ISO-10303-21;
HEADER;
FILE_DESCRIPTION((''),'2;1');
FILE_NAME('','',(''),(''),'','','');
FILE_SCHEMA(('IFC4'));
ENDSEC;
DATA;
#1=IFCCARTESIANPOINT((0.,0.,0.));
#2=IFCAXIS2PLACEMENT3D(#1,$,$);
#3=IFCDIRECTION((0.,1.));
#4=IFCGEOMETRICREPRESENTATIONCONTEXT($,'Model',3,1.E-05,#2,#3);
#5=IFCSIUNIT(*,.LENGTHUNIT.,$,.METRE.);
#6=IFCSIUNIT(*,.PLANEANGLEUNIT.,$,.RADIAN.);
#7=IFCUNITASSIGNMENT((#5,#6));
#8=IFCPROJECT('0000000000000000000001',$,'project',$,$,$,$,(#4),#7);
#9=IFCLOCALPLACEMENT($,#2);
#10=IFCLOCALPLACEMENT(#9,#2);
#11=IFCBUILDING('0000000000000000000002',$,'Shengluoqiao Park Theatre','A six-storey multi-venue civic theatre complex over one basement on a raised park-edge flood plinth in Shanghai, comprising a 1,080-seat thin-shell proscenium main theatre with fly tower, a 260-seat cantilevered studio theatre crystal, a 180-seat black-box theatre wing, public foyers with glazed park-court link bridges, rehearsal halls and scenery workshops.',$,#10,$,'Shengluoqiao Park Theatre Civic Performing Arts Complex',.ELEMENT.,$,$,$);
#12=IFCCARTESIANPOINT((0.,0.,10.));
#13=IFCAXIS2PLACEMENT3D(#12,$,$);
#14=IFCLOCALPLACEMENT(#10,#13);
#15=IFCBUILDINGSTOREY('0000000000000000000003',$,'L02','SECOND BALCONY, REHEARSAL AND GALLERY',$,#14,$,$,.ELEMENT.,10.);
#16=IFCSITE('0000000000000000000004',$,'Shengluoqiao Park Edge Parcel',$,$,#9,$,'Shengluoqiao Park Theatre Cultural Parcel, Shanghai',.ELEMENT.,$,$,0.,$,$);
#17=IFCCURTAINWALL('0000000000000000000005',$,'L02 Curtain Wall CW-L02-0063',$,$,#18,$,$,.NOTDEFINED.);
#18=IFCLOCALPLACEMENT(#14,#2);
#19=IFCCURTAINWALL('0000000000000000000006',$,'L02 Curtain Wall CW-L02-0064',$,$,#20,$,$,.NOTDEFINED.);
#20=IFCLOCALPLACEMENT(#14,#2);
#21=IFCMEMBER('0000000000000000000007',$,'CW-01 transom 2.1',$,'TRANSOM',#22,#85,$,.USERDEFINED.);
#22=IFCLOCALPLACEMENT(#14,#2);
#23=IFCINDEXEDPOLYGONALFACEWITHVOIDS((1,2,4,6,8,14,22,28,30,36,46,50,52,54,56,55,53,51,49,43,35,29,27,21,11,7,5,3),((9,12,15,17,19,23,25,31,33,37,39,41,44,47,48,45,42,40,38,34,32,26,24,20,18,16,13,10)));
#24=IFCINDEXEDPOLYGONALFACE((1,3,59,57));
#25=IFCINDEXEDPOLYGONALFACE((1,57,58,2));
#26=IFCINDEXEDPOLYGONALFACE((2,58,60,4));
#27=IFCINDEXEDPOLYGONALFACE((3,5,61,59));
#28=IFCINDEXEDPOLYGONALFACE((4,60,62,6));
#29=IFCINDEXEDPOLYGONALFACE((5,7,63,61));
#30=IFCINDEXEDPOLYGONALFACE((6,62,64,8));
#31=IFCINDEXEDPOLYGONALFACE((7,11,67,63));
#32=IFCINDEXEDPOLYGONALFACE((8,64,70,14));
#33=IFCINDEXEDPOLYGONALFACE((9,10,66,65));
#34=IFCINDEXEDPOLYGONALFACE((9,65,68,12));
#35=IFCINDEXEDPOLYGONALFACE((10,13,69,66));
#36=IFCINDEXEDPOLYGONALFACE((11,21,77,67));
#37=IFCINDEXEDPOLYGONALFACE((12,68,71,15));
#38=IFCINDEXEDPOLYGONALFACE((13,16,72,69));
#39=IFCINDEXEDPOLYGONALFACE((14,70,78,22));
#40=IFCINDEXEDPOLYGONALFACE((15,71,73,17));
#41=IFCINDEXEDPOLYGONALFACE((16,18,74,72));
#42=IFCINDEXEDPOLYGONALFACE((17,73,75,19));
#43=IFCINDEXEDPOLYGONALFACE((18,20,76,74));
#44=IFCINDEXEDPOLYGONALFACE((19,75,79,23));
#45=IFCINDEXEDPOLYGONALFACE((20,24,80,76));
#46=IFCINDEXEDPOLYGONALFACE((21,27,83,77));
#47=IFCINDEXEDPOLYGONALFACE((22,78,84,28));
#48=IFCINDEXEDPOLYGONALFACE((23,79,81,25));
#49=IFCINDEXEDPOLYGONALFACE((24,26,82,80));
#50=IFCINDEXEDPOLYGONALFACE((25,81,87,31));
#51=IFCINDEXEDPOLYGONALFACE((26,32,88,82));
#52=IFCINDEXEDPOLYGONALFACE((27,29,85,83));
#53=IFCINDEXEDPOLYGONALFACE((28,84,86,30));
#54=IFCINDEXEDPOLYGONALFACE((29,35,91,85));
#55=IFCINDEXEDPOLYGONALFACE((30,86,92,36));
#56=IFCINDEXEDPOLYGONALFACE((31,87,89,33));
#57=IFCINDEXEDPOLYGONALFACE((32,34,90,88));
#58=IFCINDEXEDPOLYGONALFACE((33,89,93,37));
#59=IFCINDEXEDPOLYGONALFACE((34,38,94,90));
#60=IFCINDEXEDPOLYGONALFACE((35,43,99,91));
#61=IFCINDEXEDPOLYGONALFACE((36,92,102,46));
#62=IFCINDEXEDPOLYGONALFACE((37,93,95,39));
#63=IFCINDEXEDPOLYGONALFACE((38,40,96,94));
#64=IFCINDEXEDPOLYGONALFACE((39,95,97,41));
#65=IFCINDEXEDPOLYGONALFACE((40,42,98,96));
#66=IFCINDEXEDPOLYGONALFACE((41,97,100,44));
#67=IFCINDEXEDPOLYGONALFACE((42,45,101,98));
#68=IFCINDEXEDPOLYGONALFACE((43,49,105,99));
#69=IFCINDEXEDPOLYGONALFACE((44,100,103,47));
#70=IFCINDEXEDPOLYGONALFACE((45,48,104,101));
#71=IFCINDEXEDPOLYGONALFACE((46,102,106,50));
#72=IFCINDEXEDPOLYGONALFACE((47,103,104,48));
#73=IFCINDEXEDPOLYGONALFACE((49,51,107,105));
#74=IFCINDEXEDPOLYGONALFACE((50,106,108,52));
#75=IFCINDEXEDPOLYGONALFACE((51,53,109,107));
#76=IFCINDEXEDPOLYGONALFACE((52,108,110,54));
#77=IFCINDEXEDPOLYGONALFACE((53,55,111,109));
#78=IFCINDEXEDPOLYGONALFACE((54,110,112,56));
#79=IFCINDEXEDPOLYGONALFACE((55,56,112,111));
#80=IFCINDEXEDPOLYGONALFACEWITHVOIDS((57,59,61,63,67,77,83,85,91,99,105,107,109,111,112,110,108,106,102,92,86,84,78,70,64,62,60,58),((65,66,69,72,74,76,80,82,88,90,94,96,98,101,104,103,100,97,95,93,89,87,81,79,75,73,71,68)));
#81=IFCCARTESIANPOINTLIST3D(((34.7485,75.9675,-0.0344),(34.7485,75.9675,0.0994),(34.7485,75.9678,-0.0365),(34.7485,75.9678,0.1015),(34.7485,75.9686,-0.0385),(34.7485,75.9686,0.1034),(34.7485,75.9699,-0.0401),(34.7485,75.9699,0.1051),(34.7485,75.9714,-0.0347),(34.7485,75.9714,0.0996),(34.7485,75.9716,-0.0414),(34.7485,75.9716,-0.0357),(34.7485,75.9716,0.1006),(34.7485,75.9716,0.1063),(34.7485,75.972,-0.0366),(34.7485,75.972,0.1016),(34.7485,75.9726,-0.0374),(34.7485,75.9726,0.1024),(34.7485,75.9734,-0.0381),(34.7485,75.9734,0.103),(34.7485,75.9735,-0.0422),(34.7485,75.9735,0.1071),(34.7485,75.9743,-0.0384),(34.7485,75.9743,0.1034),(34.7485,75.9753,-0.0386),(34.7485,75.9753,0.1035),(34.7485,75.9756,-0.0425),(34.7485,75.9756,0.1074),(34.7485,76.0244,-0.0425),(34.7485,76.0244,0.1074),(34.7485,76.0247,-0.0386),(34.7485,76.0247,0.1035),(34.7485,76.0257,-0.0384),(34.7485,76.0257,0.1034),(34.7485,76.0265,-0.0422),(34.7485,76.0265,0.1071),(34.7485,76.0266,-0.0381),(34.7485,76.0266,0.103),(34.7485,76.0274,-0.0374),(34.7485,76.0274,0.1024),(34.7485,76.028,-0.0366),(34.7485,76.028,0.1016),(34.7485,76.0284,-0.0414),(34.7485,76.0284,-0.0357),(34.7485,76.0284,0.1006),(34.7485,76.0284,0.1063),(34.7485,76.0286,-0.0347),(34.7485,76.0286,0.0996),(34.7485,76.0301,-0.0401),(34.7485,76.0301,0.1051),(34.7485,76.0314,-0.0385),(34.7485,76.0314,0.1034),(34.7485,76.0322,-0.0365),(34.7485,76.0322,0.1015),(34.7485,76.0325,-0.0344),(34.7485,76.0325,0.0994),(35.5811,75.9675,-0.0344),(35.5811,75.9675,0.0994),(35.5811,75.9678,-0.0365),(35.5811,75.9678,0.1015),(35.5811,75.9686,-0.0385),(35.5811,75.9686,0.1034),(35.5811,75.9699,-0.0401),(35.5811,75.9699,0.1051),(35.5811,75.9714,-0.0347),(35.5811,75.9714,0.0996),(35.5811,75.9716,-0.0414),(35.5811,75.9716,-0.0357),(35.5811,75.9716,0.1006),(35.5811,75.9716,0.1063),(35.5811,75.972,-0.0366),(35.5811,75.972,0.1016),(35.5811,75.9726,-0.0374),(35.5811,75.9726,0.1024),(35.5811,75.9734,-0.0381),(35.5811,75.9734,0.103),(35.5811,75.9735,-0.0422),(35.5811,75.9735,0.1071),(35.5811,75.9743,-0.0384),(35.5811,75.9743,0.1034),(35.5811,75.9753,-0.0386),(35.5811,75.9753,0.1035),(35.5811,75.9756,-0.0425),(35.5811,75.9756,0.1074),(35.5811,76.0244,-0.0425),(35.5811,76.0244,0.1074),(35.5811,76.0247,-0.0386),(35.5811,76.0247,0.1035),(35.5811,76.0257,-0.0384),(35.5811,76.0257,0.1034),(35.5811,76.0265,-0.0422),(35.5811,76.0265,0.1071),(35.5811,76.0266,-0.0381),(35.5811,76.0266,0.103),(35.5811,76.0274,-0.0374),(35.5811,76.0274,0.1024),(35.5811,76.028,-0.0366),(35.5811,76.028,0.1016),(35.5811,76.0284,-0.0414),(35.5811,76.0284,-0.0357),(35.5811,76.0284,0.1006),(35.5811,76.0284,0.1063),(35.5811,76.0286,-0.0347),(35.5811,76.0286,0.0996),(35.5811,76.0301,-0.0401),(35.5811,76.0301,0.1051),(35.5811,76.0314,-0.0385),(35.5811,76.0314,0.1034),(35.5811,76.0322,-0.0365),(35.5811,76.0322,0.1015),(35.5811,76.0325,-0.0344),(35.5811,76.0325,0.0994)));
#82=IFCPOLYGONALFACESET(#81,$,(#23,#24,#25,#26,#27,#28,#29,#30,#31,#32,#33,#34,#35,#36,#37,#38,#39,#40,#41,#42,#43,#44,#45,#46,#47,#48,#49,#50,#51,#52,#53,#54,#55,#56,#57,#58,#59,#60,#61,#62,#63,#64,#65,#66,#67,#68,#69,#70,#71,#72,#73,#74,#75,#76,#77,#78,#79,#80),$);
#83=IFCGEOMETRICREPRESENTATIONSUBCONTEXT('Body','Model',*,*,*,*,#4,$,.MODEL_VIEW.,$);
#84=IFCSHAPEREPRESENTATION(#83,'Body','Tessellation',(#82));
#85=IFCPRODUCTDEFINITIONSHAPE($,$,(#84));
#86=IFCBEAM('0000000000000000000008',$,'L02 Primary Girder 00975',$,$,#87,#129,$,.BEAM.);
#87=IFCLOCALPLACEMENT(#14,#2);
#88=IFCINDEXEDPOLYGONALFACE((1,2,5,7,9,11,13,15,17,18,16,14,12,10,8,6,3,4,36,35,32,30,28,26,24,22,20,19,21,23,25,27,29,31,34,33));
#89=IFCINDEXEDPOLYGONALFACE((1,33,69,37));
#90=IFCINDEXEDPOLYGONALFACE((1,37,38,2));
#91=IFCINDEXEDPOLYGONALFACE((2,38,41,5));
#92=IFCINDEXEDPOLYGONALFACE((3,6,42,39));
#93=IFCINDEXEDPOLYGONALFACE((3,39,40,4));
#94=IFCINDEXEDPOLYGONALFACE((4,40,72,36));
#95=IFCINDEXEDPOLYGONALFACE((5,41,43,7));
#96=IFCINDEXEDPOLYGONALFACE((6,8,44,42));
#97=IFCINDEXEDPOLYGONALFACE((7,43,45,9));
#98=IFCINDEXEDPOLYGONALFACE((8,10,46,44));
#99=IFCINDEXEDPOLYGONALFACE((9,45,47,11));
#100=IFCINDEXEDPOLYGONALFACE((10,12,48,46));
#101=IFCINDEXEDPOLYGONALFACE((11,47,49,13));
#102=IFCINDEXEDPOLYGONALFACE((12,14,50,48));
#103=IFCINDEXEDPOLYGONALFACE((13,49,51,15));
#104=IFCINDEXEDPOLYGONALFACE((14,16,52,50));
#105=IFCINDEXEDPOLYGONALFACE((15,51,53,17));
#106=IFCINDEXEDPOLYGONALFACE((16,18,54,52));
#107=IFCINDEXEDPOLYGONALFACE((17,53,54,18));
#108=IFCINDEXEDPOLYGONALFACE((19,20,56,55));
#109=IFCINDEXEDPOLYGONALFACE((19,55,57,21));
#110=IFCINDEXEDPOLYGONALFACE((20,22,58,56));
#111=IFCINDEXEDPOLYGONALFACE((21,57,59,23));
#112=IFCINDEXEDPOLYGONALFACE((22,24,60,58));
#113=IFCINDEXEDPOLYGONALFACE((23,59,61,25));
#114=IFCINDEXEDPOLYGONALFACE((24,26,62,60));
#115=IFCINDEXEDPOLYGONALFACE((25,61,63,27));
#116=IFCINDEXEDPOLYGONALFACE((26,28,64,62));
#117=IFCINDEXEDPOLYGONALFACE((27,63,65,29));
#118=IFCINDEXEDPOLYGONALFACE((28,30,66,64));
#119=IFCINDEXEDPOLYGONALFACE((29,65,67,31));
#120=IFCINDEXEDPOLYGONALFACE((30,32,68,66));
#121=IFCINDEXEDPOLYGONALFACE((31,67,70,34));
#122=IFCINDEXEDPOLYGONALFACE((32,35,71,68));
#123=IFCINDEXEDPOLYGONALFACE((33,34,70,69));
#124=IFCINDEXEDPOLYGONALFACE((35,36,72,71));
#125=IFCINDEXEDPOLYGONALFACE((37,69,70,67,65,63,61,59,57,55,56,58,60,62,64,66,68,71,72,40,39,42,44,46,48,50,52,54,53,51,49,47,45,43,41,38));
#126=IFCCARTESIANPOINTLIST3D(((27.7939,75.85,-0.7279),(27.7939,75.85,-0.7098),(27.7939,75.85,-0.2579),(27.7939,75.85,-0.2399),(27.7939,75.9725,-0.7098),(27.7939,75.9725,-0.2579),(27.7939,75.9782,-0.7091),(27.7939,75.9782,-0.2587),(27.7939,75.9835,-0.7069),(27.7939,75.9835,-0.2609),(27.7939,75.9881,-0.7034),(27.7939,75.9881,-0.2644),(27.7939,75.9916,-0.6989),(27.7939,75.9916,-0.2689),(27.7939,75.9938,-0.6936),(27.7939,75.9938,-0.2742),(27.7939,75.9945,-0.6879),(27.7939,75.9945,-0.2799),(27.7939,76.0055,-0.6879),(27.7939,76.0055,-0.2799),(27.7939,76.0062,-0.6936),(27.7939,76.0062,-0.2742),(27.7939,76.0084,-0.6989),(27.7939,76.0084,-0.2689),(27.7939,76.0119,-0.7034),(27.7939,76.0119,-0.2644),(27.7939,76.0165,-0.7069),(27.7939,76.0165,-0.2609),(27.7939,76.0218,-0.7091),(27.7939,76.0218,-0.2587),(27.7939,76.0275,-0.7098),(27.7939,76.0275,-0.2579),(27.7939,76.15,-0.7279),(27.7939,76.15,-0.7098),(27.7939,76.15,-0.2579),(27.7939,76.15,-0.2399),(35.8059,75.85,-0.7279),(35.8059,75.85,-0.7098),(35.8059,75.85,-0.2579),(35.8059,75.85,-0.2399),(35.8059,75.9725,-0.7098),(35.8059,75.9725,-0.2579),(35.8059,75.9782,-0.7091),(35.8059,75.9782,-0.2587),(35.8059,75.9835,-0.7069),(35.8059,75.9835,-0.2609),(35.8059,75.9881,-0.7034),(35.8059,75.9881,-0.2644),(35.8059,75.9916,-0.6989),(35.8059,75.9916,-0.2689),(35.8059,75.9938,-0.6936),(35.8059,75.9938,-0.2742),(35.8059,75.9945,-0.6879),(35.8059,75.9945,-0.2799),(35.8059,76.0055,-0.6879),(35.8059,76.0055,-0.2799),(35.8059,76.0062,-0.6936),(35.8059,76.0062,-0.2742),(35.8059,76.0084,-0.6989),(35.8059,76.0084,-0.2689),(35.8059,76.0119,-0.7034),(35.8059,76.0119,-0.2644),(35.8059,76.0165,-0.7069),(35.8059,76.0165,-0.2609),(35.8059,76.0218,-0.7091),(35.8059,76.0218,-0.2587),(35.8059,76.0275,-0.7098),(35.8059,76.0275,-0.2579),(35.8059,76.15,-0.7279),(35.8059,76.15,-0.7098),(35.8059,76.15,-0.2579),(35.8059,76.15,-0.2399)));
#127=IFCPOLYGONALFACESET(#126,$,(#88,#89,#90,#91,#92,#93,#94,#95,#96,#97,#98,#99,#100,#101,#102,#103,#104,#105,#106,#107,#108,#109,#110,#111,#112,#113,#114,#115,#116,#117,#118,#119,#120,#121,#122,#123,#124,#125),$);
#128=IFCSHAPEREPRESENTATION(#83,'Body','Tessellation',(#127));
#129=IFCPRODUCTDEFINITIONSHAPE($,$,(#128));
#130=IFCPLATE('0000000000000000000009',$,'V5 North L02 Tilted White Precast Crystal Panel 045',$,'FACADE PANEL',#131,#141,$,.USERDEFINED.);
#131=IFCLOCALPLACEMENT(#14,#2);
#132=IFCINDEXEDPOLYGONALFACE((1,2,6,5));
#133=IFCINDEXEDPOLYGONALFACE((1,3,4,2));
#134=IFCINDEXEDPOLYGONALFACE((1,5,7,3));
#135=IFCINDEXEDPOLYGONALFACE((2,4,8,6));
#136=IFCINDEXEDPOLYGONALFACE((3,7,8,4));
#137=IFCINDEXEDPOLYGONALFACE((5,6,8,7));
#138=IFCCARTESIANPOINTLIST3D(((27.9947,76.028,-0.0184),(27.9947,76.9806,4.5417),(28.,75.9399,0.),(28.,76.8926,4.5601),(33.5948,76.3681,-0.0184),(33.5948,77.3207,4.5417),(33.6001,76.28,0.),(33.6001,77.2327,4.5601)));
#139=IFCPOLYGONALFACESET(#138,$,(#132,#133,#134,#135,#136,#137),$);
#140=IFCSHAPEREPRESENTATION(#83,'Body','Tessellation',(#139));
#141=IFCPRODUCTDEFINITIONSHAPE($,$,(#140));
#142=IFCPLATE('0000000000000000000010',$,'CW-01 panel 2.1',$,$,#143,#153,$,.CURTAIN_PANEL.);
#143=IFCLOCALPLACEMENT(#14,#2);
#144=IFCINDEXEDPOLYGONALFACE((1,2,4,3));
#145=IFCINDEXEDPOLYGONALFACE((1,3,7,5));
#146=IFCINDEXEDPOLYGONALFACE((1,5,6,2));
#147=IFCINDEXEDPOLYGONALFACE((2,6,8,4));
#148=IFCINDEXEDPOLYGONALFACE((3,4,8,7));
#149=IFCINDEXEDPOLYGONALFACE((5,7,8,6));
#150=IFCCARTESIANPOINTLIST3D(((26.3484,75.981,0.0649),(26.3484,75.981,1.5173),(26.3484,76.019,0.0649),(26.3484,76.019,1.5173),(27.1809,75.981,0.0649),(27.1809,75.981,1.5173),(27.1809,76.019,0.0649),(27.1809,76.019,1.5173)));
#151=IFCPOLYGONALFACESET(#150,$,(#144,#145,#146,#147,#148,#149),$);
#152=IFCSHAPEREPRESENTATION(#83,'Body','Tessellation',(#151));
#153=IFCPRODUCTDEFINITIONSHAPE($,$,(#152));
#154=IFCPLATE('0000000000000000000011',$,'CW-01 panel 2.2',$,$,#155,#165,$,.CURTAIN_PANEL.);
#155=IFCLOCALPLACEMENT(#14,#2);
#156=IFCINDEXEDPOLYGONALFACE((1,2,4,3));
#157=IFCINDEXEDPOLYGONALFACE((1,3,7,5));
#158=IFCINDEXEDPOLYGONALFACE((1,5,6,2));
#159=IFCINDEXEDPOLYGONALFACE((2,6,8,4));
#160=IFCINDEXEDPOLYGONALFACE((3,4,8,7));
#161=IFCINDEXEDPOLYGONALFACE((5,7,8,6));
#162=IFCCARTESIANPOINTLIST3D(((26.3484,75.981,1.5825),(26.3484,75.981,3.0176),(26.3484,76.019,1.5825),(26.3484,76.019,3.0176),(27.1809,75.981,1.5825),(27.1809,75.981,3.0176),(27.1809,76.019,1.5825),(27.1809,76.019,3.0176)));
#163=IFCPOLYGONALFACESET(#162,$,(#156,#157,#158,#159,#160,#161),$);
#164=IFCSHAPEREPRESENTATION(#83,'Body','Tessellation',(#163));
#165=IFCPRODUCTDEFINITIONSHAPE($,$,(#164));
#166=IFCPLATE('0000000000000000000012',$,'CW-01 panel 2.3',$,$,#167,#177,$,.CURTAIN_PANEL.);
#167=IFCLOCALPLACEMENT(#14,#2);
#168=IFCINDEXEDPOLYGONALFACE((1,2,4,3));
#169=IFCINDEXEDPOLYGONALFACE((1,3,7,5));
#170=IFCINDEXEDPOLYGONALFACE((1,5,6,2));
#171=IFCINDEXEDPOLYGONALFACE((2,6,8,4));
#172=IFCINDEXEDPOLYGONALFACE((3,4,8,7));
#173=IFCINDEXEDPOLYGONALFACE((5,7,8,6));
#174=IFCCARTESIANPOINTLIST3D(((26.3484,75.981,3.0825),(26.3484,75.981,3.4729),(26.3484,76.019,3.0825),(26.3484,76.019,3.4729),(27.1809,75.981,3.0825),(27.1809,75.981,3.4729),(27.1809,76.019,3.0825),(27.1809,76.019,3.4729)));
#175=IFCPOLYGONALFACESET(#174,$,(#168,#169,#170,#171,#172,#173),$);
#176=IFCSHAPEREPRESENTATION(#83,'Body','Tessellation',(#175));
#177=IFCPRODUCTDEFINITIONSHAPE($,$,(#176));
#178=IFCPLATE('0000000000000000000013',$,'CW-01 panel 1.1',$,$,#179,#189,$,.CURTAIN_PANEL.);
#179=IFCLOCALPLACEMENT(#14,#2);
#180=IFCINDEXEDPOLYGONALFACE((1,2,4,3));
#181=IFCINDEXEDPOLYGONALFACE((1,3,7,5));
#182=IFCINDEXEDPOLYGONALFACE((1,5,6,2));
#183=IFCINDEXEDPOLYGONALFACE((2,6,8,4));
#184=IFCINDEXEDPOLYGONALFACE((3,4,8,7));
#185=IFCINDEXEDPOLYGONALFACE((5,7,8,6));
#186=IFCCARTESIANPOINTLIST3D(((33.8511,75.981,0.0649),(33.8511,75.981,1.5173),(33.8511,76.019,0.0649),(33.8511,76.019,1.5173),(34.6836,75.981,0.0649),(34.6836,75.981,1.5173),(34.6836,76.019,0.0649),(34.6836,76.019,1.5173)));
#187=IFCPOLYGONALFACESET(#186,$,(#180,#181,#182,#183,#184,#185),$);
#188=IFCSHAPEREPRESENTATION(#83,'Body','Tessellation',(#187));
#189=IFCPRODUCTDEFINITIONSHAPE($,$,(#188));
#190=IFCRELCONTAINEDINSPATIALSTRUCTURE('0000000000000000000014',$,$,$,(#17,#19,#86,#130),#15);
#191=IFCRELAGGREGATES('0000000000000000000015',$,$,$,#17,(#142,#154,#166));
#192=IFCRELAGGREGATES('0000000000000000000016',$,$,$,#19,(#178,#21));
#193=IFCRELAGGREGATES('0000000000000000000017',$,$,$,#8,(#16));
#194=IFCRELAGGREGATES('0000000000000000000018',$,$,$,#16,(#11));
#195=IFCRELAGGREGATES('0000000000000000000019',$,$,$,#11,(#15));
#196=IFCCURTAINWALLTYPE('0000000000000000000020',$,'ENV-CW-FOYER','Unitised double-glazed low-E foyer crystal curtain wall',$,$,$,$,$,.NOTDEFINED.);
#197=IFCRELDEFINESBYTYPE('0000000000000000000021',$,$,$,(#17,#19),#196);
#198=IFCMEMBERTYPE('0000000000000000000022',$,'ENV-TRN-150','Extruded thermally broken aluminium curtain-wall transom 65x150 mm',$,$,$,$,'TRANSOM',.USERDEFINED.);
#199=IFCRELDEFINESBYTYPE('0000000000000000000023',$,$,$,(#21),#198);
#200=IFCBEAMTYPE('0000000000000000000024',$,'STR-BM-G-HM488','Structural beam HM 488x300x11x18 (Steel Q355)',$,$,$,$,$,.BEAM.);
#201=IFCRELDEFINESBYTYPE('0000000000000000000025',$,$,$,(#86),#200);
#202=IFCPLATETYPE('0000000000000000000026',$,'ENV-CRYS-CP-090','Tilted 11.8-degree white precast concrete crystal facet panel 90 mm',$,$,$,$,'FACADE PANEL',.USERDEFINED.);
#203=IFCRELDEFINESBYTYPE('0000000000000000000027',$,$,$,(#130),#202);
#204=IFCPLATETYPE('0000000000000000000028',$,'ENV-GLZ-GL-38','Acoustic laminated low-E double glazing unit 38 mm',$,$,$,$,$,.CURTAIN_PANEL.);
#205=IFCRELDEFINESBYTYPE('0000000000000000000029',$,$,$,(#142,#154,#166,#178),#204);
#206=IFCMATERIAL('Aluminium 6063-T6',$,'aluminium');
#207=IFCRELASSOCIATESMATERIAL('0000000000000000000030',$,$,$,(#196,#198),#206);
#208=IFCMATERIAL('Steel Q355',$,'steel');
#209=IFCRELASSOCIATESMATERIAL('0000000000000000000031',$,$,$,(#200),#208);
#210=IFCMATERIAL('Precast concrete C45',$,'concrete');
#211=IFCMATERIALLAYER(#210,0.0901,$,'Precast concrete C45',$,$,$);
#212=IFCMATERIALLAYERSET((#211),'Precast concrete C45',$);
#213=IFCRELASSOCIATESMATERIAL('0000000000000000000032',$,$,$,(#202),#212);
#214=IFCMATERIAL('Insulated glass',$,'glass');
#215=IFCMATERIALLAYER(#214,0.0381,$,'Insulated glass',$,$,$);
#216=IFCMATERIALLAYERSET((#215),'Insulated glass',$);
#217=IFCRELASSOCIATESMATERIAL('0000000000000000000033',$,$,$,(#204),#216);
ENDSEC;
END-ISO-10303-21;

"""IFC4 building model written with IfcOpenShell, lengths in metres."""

from ifc_helpers import new_model, si_unit, direction, frame, origin, origin_2d, place, context, subcontext, project, spatial, polyline, rectangle, hollow_rectangle, i_section, outline, extrude, material, layer, layer_set, material_profile, profile_set, type_object, element, aggregate, save


model = new_model("IFC4")

# Units and contexts
model_context = context("Model", 3, precision=1e-05, world=origin(), true_north=direction((0.0, 1.0)))
body_context = subcontext(model_context, "Body", "Model", "MODEL_VIEW")
ifc_project = project(units=[si_unit("LENGTHUNIT", "METRE"), si_unit("PLANEANGLEUNIT", "RADIAN")], contexts=[model_context])

# Site, building, storey
site_placement = place(None, origin())
site = spatial("IfcSite", under=ifc_project, at=site_placement, Name="Shengluoqiao Park Edge Parcel", LongName="Shengluoqiao Park Theatre Cultural Parcel, Shanghai", CompositionType="ELEMENT", RefElevation=0.0)
building_placement = place(site_placement, origin())
building = spatial("IfcBuilding", under=site, at=building_placement, Name="Shengluoqiao Park Theatre", Description="A six-storey multi-venue civic theatre complex over one basement on a raised park-edge flood plinth in Shanghai, comprising a 1,080-seat thin-shell proscenium main theatre with fly tower, a 260-seat cantilevered studio theatre crystal, a 180-seat black-box theatre wing, public foyers with glazed park-court link bridges, rehearsal halls and scenery workshops.", LongName="Shengluoqiao Park Theatre Civic Performing Arts Complex", CompositionType="ELEMENT")
storey_placement = place(building_placement, frame((0.0, 0.0, 10.0)))
storey = spatial("IfcBuildingStorey", under=building, at=storey_placement, Name="L02", Description="SECOND BALCONY, REHEARSAL AND GALLERY", CompositionType="ELEMENT", Elevation=10.0)

# Curtain walls
ifc_material_1 = material(Name="Aluminium 6063-T6", Category="aluminium")
curtain_wall_type = type_object("IfcCurtainWallType", Name="ENV-CW-FOYER", Description="Unitised double-glazed low-E foyer crystal curtain wall", PredefinedType="NOTDEFINED", material=ifc_material_1)
curtain_wall_1_placement = place(storey_placement, origin())
curtain_wall_1 = element("IfcCurtainWall", 1, at=curtain_wall_1_placement, inside=storey, type_object=curtain_wall_type, Name="L02 Curtain Wall CW-L02-0063", PredefinedType="NOTDEFINED")
curtain_wall_2_placement = place(storey_placement, origin())
curtain_wall_2 = element("IfcCurtainWall", 2, at=curtain_wall_2_placement, inside=storey, type_object=curtain_wall_type, Name="L02 Curtain Wall CW-L02-0064", PredefinedType="NOTDEFINED")

# Member
ifc_material_profile_1 = material_profile(ifc_material_1, hollow_rectangle(XDim=0.0649, YDim=0.1499, WallThickness=0.0039, InnerFilletRadius=0.0039, OuterFilletRadius=0.0081, at=origin_2d()), Name="ALU TRANSOM 150x65x4")
ifc_profile_set_1 = profile_set([ifc_material_profile_1], Name="Aluminium 6063-T6")
member_type_1 = type_object("IfcMemberType", Name="ENV-TRN-150", Description="Extruded thermally broken aluminium curtain-wall transom 65x150 mm", ElementType="TRANSOM", PredefinedType="USERDEFINED", material=ifc_profile_set_1)
member_1_placement = place(storey_placement, frame((34.7485, 76.0, 0.0325), z_axis=(1.0, 0.0, 0.0), x_axis=(0.0, 1.0, 0.0)))
member_1 = element("IfcMember", 3, at=member_1_placement, type_object=member_type_1, Name="CW-01 transom 2.1", ObjectType="TRANSOM", PredefinedType="USERDEFINED", context=body_context, shape_type="SweptSolid", body=[
    extrude(hollow_rectangle(XDim=0.0649, YDim=0.1499, WallThickness=0.0039, InnerFilletRadius=0.0039, OuterFilletRadius=0.0081, at=origin_2d()), origin(), (0.0, 0.0, 1.0), 0.8325),
])

# Beam
ifc_material_2 = material(Name="Steel Q355", Category="steel")
ifc_material_profile_2 = material_profile(ifc_material_2, i_section(OverallWidth=0.3, OverallDepth=0.488, WebThickness=0.011, FlangeThickness=0.0181, FilletRadius=0.022, at=origin_2d()), Name="HM 488x300x11x18")
ifc_profile_set_2 = profile_set([ifc_material_profile_2], Name="Steel Q355")
beam_type = type_object("IfcBeamType", Name="STR-BM-G-HM488", Description="Structural beam HM 488x300x11x18 (Steel Q355)", PredefinedType="BEAM", material=ifc_profile_set_2)
beam_placement = place(storey_placement, frame((27.7939, 76.0, -0.4839), z_axis=(1.0, 0.0, 0.0), x_axis=(0.0, 1.0, 0.0)))
element("IfcBeam", 4, at=beam_placement, inside=storey, type_object=beam_type, Name="L02 Primary Girder 00975", PredefinedType="BEAM", context=body_context, shape_type="SweptSolid", body=[
    extrude(i_section(OverallWidth=0.3, OverallDepth=0.488, WebThickness=0.011, FlangeThickness=0.0181, FilletRadius=0.022, at=origin_2d()), origin(), (0.0, 0.0, 1.0), 8.012),
])

# Plates
ifc_material_3 = material(Name="Precast concrete C45", Category="concrete")
ifc_layer_1 = layer(ifc_material_3, 0.0901, Name="Precast concrete C45")
ifc_layer_set_1 = layer_set([ifc_layer_1], Name="Precast concrete C45")
plate_type_1 = type_object("IfcPlateType", Name="ENV-CRYS-CP-090", Description="Tilted 11.8-degree white precast concrete crystal facet panel 90 mm", ElementType="FACADE PANEL", PredefinedType="USERDEFINED", material=ifc_layer_set_1)
plate_1_placement = place(storey_placement, frame((28.0, 75.9399, 0.0), z_axis=(0.059341, -0.977143, 0.204134), x_axis=(0.998161, 0.060617, 0.0)))
element("IfcPlate", 5, at=plate_1_placement, inside=storey, type_object=plate_type_1, Name="V5 North L02 Tilted White Precast Crystal Panel 045", ObjectType="FACADE PANEL", PredefinedType="USERDEFINED", context=body_context, shape_type="SweptSolid", body=[
    extrude(outline(polyline([(0.0, 0.0), (5.6104, 0.0), (5.6682, 4.6581), (0.0577, 4.6581), (0.0, 0.0)])), origin(), (0.0, 0.0, -1.0), 0.0901),
])
ifc_material_4 = material(Name="Insulated glass", Category="glass")
ifc_layer_2 = layer(ifc_material_4, 0.0381, Name="Insulated glass")
ifc_layer_set_2 = layer_set([ifc_layer_2], Name="Insulated glass")
plate_type_2 = type_object("IfcPlateType", Name="ENV-GLZ-GL-38", Description="Acoustic laminated low-E double glazing unit 38 mm", PredefinedType="CURTAIN_PANEL", material=ifc_layer_set_2)
plate_2_placement = place(storey_placement, frame((26.7646, 76.0, 0.0649), z_axis=(0.0, 0.0, 1.0), x_axis=(1.0, 0.0, 0.0)))
plate_2 = element("IfcPlate", 6, at=plate_2_placement, type_object=plate_type_2, Name="CW-01 panel 2.1", PredefinedType="CURTAIN_PANEL", context=body_context, shape_type="SweptSolid", body=[
    extrude(rectangle(XDim=0.8325, YDim=0.0381, at=origin_2d()), origin(), (0.0, 0.0, 1.0), 1.4524),
])
plate_3_placement = place(storey_placement, frame((26.7646, 76.0, 1.5825), z_axis=(0.0, 0.0, 1.0), x_axis=(1.0, 0.0, 0.0)))
plate_3 = element("IfcPlate", 7, at=plate_3_placement, type_object=plate_type_2, Name="CW-01 panel 2.2", PredefinedType="CURTAIN_PANEL", context=body_context, shape_type="SweptSolid", body=[
    extrude(rectangle(XDim=0.8325, YDim=0.0381, at=origin_2d()), origin(), (0.0, 0.0, 1.0), 1.4351),
])
plate_4_placement = place(storey_placement, frame((26.7646, 76.0, 3.0825), z_axis=(0.0, 0.0, 1.0), x_axis=(1.0, 0.0, 0.0)))
plate_4 = element("IfcPlate", 8, at=plate_4_placement, type_object=plate_type_2, Name="CW-01 panel 2.3", PredefinedType="CURTAIN_PANEL", context=body_context, shape_type="SweptSolid", body=[
    extrude(rectangle(XDim=0.8325, YDim=0.0381, at=origin_2d()), origin(), (0.0, 0.0, 1.0), 0.3904),
])
aggregate(curtain_wall_1, [plate_2, plate_3, plate_4])
plate_5_placement = place(storey_placement, frame((34.2673, 76.0, 0.0649), z_axis=(0.0, 0.0, 1.0), x_axis=(1.0, 0.0, 0.0)))
plate_5 = element("IfcPlate", 9, at=plate_5_placement, type_object=plate_type_2, Name="CW-01 panel 1.1", PredefinedType="CURTAIN_PANEL", context=body_context, shape_type="SweptSolid", body=[
    extrude(rectangle(XDim=0.8325, YDim=0.0381, at=origin_2d()), origin(), (0.0, 0.0, 1.0), 1.4524),
])
aggregate(curtain_wall_2, [plate_5, member_1])

save(model, "model.ifc")
